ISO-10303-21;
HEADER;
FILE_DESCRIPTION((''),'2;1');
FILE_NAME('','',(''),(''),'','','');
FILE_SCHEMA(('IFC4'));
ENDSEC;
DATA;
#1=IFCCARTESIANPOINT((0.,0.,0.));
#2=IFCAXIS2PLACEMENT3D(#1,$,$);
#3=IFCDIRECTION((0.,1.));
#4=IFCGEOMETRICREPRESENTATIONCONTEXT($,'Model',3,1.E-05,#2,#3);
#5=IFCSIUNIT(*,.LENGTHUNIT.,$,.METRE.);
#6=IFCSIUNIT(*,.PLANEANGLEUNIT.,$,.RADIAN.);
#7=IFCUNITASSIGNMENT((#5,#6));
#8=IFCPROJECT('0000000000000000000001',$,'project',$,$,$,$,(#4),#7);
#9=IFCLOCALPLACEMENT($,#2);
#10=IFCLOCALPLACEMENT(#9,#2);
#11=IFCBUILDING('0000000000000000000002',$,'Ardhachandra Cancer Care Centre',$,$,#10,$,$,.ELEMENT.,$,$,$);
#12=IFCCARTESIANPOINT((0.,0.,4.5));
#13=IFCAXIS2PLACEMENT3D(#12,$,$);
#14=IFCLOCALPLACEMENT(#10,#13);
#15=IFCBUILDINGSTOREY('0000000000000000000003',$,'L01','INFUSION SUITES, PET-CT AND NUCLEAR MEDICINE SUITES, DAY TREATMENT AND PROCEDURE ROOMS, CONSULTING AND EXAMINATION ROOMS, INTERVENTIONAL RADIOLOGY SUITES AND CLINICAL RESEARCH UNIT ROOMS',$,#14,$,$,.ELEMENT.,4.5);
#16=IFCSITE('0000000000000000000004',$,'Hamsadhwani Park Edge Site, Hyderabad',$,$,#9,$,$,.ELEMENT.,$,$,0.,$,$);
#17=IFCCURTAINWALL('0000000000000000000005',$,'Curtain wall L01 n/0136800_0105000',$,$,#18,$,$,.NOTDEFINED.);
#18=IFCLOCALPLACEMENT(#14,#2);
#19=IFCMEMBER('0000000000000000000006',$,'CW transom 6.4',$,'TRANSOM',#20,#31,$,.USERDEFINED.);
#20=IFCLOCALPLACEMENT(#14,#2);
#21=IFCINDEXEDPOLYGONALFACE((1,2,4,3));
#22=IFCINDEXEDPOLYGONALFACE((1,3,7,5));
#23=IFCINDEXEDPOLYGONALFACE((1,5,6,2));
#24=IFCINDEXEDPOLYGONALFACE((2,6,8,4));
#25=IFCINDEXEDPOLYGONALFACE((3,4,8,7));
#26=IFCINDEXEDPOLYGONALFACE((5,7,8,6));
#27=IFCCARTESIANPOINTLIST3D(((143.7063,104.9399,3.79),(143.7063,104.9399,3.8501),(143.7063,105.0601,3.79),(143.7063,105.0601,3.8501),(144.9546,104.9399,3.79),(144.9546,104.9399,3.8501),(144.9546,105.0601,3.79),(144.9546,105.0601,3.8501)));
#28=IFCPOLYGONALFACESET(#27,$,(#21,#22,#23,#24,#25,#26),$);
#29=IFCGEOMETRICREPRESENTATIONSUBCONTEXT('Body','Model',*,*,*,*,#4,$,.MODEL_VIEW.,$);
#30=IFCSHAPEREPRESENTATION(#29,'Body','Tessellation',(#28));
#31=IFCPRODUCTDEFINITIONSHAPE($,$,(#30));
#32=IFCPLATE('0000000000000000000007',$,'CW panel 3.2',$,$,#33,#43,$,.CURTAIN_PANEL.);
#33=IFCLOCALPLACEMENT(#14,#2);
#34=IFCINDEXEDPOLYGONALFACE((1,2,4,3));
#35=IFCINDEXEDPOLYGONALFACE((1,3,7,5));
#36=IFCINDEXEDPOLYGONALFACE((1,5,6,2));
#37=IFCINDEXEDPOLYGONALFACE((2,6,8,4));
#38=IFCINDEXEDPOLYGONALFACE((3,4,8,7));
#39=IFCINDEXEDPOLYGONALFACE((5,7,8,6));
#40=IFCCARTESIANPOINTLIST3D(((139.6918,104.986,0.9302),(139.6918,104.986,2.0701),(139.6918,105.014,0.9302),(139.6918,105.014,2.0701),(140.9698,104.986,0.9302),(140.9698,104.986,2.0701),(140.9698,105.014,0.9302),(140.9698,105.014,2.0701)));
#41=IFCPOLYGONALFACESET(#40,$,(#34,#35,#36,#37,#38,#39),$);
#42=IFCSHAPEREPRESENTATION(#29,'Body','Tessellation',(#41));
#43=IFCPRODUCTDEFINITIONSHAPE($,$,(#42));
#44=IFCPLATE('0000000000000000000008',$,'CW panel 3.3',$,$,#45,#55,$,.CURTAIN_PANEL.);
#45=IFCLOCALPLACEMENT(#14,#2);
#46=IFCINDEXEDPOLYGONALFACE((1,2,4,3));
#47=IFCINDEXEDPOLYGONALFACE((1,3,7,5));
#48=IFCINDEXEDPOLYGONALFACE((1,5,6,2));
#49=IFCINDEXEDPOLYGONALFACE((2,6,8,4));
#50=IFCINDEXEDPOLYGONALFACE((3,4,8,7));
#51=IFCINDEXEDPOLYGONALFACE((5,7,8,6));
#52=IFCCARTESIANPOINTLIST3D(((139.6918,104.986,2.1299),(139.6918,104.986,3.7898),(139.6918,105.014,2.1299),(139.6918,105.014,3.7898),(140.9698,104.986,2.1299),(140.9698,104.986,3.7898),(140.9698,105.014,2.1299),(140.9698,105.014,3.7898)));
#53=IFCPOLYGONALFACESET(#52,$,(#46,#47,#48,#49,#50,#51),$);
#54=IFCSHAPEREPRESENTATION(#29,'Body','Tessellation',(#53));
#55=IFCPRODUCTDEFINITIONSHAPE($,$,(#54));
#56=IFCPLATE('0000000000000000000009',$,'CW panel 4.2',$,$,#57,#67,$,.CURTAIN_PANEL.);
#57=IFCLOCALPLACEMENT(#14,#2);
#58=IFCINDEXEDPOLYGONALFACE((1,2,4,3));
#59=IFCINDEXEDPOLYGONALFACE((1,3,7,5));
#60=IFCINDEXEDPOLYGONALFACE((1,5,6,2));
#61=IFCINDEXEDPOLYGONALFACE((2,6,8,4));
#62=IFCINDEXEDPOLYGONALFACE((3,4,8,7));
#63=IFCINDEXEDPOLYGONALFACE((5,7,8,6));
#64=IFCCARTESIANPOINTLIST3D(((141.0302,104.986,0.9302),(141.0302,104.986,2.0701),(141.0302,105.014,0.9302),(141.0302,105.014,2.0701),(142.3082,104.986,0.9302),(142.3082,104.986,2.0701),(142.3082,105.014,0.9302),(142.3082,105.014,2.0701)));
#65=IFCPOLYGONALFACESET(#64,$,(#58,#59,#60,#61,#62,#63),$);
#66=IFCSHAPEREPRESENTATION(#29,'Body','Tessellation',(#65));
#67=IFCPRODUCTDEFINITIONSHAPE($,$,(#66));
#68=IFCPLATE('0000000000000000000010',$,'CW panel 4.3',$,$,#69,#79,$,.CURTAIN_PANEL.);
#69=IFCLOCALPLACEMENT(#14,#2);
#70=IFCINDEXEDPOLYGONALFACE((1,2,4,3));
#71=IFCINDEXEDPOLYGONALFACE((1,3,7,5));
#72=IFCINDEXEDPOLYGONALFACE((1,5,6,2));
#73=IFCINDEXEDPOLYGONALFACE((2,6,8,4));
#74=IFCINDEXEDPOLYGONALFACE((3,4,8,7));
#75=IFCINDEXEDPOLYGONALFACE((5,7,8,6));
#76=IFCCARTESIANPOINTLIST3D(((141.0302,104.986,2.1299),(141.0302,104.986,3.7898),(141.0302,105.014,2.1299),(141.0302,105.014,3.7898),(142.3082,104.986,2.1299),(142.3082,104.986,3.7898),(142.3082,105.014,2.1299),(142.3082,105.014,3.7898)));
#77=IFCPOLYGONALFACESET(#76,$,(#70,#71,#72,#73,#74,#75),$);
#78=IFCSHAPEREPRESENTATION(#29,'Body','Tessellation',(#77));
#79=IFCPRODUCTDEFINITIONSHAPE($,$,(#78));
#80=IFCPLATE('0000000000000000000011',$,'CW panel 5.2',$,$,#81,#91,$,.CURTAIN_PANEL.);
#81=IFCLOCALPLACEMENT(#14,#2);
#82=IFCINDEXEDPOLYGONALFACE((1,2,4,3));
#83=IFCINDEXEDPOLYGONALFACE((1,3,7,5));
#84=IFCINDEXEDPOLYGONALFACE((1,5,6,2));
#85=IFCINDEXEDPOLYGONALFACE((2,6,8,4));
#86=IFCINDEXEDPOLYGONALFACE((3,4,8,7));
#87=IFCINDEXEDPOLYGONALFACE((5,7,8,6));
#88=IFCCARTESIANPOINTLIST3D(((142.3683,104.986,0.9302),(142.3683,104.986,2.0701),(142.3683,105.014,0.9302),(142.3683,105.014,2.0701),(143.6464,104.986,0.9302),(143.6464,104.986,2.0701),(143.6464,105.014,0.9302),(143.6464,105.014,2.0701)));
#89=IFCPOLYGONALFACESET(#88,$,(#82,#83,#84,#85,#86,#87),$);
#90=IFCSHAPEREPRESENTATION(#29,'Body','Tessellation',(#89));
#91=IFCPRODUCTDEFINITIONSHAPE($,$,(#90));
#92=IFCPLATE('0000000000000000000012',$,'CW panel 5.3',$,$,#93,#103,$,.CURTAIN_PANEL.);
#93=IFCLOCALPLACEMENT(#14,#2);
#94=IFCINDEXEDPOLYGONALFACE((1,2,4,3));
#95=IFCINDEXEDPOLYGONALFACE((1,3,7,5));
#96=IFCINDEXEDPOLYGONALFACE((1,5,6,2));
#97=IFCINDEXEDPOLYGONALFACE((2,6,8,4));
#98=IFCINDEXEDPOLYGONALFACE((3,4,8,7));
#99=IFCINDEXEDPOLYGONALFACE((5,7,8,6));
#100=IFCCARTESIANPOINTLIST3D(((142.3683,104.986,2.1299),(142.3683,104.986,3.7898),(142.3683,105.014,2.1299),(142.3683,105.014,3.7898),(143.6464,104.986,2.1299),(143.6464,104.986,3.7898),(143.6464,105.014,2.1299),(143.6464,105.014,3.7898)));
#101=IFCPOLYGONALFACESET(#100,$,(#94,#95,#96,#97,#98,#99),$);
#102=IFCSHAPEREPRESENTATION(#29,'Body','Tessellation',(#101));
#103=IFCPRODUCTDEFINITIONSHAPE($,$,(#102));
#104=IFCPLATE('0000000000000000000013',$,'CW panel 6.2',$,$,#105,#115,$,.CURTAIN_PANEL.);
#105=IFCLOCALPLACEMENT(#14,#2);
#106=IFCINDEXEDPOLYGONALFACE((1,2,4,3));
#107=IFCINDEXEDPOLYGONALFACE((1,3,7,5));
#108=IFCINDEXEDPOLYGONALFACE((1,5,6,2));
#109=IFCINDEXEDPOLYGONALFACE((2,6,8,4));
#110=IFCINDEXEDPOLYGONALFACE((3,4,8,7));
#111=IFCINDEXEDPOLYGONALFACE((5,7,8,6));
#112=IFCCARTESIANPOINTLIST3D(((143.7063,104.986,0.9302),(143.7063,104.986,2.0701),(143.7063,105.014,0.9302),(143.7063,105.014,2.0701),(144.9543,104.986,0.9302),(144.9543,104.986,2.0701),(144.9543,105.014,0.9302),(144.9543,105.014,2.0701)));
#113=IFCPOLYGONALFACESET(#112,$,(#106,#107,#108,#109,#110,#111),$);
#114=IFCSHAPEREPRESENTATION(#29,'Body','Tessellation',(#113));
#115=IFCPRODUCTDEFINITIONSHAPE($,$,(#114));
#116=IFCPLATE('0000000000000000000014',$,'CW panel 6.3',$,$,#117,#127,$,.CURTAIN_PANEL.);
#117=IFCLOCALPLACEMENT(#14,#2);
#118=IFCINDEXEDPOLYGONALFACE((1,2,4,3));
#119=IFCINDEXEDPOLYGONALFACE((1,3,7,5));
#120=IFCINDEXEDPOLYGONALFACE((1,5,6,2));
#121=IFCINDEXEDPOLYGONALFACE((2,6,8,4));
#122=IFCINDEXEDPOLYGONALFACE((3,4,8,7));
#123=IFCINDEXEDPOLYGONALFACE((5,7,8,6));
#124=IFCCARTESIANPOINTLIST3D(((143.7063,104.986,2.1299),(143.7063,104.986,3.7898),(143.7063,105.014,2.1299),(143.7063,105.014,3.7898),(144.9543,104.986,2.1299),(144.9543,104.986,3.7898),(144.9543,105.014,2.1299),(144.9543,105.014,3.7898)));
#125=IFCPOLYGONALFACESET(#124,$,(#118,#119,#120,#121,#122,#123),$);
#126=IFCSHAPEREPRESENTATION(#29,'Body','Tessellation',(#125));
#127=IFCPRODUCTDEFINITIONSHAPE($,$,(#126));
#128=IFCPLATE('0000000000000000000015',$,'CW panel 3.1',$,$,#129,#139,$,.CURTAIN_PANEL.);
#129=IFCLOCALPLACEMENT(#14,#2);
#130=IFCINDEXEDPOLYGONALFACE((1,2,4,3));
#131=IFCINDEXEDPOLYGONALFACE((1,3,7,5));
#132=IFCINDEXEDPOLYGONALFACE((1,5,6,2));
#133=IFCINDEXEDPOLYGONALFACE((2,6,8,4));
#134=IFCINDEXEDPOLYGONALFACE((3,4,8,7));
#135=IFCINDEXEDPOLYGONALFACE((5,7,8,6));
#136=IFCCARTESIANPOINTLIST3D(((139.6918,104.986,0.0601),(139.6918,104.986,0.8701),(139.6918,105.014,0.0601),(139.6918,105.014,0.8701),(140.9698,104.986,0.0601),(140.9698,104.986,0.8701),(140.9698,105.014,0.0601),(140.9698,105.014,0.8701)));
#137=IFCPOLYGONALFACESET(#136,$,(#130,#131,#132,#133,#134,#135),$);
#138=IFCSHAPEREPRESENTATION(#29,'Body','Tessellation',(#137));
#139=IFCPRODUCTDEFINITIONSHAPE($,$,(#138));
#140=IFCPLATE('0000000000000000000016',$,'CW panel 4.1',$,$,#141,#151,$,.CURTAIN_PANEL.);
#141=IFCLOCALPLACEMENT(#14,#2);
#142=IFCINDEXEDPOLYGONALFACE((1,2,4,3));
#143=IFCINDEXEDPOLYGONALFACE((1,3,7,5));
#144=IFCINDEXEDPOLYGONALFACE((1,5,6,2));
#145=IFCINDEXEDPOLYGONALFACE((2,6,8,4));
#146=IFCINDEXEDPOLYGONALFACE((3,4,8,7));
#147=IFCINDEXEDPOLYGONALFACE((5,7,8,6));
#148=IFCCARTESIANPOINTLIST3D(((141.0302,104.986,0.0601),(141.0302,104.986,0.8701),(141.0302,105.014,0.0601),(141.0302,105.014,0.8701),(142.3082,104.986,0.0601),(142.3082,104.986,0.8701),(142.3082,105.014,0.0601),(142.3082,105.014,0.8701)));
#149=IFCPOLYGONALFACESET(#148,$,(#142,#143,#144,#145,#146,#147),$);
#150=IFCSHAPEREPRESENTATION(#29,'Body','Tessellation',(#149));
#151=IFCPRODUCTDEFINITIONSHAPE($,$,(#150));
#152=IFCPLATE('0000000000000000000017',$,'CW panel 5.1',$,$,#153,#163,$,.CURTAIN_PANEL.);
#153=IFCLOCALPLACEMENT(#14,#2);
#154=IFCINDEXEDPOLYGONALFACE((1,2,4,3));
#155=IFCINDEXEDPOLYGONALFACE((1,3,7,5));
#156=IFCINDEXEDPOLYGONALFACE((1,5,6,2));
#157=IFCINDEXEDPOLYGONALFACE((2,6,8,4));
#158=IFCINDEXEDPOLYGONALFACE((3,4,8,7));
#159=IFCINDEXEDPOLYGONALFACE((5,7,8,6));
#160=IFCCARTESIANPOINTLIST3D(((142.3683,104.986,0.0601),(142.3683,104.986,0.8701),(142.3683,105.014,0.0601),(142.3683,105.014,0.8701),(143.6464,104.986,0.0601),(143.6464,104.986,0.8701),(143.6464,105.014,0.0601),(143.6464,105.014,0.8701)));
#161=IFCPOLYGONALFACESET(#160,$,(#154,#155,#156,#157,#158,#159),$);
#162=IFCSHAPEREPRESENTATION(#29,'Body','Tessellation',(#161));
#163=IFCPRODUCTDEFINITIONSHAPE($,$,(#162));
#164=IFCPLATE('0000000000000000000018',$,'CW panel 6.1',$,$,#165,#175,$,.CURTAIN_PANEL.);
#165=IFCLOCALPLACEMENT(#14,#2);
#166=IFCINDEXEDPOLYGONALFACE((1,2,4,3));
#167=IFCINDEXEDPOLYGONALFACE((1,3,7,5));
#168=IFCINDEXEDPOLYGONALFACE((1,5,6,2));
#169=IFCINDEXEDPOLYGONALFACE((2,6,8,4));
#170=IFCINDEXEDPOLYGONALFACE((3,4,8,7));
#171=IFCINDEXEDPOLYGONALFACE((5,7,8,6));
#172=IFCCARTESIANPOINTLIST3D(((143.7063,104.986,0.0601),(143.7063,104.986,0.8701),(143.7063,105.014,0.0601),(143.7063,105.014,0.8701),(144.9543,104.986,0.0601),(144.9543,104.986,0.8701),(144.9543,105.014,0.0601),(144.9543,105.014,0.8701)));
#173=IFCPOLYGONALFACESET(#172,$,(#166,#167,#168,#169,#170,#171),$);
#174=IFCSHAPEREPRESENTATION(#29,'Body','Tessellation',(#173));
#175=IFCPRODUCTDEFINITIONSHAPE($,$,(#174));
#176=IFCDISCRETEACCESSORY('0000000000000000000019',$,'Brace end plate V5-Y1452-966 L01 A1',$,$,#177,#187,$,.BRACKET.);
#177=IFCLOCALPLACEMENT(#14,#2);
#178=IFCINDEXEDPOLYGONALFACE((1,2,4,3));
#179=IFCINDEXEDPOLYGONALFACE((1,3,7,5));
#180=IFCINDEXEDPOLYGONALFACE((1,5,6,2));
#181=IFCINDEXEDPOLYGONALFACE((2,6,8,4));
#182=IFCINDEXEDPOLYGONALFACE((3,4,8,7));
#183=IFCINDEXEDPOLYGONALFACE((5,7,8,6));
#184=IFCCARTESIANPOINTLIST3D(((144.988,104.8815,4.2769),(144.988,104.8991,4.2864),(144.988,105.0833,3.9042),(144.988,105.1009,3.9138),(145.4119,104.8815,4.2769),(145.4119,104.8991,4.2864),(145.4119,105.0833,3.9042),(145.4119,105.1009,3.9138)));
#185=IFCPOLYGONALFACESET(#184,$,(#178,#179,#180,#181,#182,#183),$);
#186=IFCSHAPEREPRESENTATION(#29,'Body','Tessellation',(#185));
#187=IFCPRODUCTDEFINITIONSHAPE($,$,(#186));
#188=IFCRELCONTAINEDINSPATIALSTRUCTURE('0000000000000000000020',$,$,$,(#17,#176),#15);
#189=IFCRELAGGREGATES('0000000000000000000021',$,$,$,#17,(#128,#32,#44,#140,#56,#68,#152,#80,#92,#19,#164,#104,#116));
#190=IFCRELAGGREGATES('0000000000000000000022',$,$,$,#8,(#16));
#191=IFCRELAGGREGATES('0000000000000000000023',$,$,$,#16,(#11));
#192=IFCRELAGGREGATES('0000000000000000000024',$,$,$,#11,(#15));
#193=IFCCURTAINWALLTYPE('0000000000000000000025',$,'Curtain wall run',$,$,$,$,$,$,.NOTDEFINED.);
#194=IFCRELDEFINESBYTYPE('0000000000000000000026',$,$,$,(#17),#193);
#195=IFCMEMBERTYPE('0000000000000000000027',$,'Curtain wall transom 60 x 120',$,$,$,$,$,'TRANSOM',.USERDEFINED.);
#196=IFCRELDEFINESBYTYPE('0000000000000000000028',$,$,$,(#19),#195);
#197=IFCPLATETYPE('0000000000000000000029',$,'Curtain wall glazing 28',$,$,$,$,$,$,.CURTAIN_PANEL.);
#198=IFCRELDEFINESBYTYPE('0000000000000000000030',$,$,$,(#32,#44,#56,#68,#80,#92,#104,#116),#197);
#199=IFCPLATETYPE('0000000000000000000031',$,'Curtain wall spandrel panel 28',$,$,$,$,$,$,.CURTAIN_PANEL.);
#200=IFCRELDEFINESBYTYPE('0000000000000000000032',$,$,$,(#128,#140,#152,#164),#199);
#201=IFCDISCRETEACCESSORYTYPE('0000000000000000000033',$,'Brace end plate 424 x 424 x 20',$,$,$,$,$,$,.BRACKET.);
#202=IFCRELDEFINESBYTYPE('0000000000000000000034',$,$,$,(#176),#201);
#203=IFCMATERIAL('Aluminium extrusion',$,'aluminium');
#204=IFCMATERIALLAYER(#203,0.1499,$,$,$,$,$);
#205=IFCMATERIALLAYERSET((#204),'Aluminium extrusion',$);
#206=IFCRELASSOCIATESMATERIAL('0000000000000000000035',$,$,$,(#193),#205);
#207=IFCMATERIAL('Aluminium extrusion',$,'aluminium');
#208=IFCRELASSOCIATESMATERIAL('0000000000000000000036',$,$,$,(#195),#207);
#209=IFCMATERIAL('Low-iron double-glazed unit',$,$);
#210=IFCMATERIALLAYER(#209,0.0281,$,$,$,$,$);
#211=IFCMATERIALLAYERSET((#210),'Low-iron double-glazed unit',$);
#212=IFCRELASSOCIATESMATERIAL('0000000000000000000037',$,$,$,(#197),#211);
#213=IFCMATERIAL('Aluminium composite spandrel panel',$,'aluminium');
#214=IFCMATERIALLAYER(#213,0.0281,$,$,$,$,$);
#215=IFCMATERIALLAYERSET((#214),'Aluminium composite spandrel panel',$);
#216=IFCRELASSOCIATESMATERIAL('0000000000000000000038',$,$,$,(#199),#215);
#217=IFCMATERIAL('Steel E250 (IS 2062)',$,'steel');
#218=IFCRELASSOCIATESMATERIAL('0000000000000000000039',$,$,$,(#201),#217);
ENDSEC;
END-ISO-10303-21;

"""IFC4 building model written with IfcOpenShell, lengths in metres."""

from ifc_helpers import new_model, si_unit, direction, frame, origin, origin_2d, place, context, subcontext, project, spatial, rectangle, extrude, material, layer, layer_set, material_profile, profile_set, type_object, element, aggregate, save


model = new_model("IFC4")

# Units and contexts
model_context = context("Model", 3, precision=1e-05, world=origin(), true_north=direction((0.0, 1.0)))
body_context = subcontext(model_context, "Body", "Model", "MODEL_VIEW")
ifc_project = project(units=[si_unit("LENGTHUNIT", "METRE"), si_unit("PLANEANGLEUNIT", "RADIAN")], contexts=[model_context])

# Site, building, storey
site_placement = place(None, origin())
site = spatial("IfcSite", under=ifc_project, at=site_placement, Name="Hamsadhwani Park Edge Site, Hyderabad", CompositionType="ELEMENT", RefElevation=0.0)
building_placement = place(site_placement, origin())
building = spatial("IfcBuilding", under=site, at=building_placement, Name="Ardhachandra Cancer Care Centre", CompositionType="ELEMENT")
storey_placement = place(building_placement, frame((0.0, 0.0, 4.5)))
storey = spatial("IfcBuildingStorey", under=building, at=storey_placement, Name="L01", Description="INFUSION SUITES, PET-CT AND NUCLEAR MEDICINE SUITES, DAY TREATMENT AND PROCEDURE ROOMS, CONSULTING AND EXAMINATION ROOMS, INTERVENTIONAL RADIOLOGY SUITES AND CLINICAL RESEARCH UNIT ROOMS", CompositionType="ELEMENT", Elevation=4.5)

# Shared definitions
ifc_material_1 = material(Name="Aluminium extrusion", Category="aluminium")
ifc_layer_1 = layer(ifc_material_1, 0.1499)
ifc_layer_set_1 = layer_set([ifc_layer_1], Name="Aluminium extrusion")
curtain_wall_type = type_object("IfcCurtainWallType", Name="Curtain wall run", PredefinedType="NOTDEFINED", material=ifc_layer_set_1)

# Curtain wall, member, plates
curtain_wall_1_placement = place(storey_placement, origin())
curtain_wall_1 = element("IfcCurtainWall", 1, at=curtain_wall_1_placement, inside=storey, type_object=curtain_wall_type, Name="Curtain wall L01 n/0136800_0105000", PredefinedType="NOTDEFINED")
ifc_material_2 = material(Name="Aluminium extrusion", Category="aluminium")
ifc_material_profile_1 = material_profile(ifc_material_2, rectangle(XDim=0.1201, YDim=0.0601, at=origin_2d()), Name="Curtain wall transom 60 x 120")
ifc_profile_set_1 = profile_set([ifc_material_profile_1], Name="Aluminium extrusion")
member_type_1 = type_object("IfcMemberType", Name="Curtain wall transom 60 x 120", ElementType="TRANSOM", PredefinedType="USERDEFINED", material=ifc_profile_set_1)
member_1_placement = place(storey_placement, frame((143.7063, 105.0, 3.8201), z_axis=(1.0, 0.0, 0.0), x_axis=(0.0, 1.0, 0.0)))
member_1 = element("IfcMember", 2, at=member_1_placement, type_object=member_type_1, Name="CW transom 6.4", ObjectType="TRANSOM", PredefinedType="USERDEFINED", context=body_context, shape_type="SweptSolid", body=[
    extrude(rectangle(XDim=0.1201, YDim=0.0601, at=origin_2d()), origin(), (0.0, 0.0, 1.0), 1.2483),
])
ifc_material_3 = material(Name="Low-iron double-glazed unit")
ifc_layer_2 = layer(ifc_material_3, 0.0281)
ifc_layer_set_2 = layer_set([ifc_layer_2], Name="Low-iron double-glazed unit")
plate_type_1 = type_object("IfcPlateType", Name="Curtain wall glazing 28", PredefinedType="CURTAIN_PANEL", material=ifc_layer_set_2)
plate_1_placement = place(storey_placement, frame((140.3308, 105.0, 0.9302), z_axis=(0.0, 0.0, 1.0), x_axis=(1.0, 0.0, 0.0)))
plate_1 = element("IfcPlate", 3, at=plate_1_placement, type_object=plate_type_1, Name="CW panel 3.2", PredefinedType="CURTAIN_PANEL", context=body_context, shape_type="SweptSolid", body=[
    extrude(rectangle(XDim=1.2781, YDim=0.0281, at=origin_2d()), origin(), (0.0, 0.0, 1.0), 1.1399),
])
plate_2_placement = place(storey_placement, frame((140.3308, 105.0, 2.1299), z_axis=(0.0, 0.0, 1.0), x_axis=(1.0, 0.0, 0.0)))
plate_2 = element("IfcPlate", 4, at=plate_2_placement, type_object=plate_type_1, Name="CW panel 3.3", PredefinedType="CURTAIN_PANEL", context=body_context, shape_type="SweptSolid", body=[
    extrude(rectangle(XDim=1.2781, YDim=0.0281, at=origin_2d()), origin(), (0.0, 0.0, 1.0), 1.6599),
])
plate_3_placement = place(storey_placement, frame((141.6692, 105.0, 0.9302), z_axis=(0.0, 0.0, 1.0), x_axis=(1.0, 0.0, 0.0)))
plate_3 = element("IfcPlate", 5, at=plate_3_placement, type_object=plate_type_1, Name="CW panel 4.2", PredefinedType="CURTAIN_PANEL", context=body_context, shape_type="SweptSolid", body=[
    extrude(rectangle(XDim=1.2781, YDim=0.0281, at=origin_2d()), origin(), (0.0, 0.0, 1.0), 1.1399),
])
plate_4_placement = place(storey_placement, frame((141.6692, 105.0, 2.1299), z_axis=(0.0, 0.0, 1.0), x_axis=(1.0, 0.0, 0.0)))
plate_4 = element("IfcPlate", 6, at=plate_4_placement, type_object=plate_type_1, Name="CW panel 4.3", PredefinedType="CURTAIN_PANEL", context=body_context, shape_type="SweptSolid", body=[
    extrude(rectangle(XDim=1.2781, YDim=0.0281, at=origin_2d()), origin(), (0.0, 0.0, 1.0), 1.6599),
])
plate_5_placement = place(storey_placement, frame((143.0073, 105.0, 0.9302), z_axis=(0.0, 0.0, 1.0), x_axis=(1.0, 0.0, 0.0)))
plate_5 = element("IfcPlate", 7, at=plate_5_placement, type_object=plate_type_1, Name="CW panel 5.2", PredefinedType="CURTAIN_PANEL", context=body_context, shape_type="SweptSolid", body=[
    extrude(rectangle(XDim=1.2781, YDim=0.0281, at=origin_2d()), origin(), (0.0, 0.0, 1.0), 1.1399),
])
plate_6_placement = place(storey_placement, frame((143.0073, 105.0, 2.1299), z_axis=(0.0, 0.0, 1.0), x_axis=(1.0, 0.0, 0.0)))
plate_6 = element("IfcPlate", 8, at=plate_6_placement, type_object=plate_type_1, Name="CW panel 5.3", PredefinedType="CURTAIN_PANEL", context=body_context, shape_type="SweptSolid", body=[
    extrude(rectangle(XDim=1.2781, YDim=0.0281, at=origin_2d()), origin(), (0.0, 0.0, 1.0), 1.6599),
])
plate_7_placement = place(storey_placement, frame((144.3303, 105.0, 0.9302), z_axis=(0.0, 0.0, 1.0), x_axis=(1.0, 0.0, 0.0)))
plate_7 = element("IfcPlate", 9, at=plate_7_placement, type_object=plate_type_1, Name="CW panel 6.2", PredefinedType="CURTAIN_PANEL", context=body_context, shape_type="SweptSolid", body=[
    extrude(rectangle(XDim=1.248, YDim=0.0281, at=origin_2d()), origin(), (0.0, 0.0, 1.0), 1.1399),
])
plate_8_placement = place(storey_placement, frame((144.3303, 105.0, 2.1299), z_axis=(0.0, 0.0, 1.0), x_axis=(1.0, 0.0, 0.0)))
plate_8 = element("IfcPlate", 10, at=plate_8_placement, type_object=plate_type_1, Name="CW panel 6.3", PredefinedType="CURTAIN_PANEL", context=body_context, shape_type="SweptSolid", body=[
    extrude(rectangle(XDim=1.248, YDim=0.0281, at=origin_2d()), origin(), (0.0, 0.0, 1.0), 1.6599),
])
ifc_material_4 = material(Name="Aluminium composite spandrel panel", Category="aluminium")
ifc_layer_3 = layer(ifc_material_4, 0.0281)
ifc_layer_set_3 = layer_set([ifc_layer_3], Name="Aluminium composite spandrel panel")
plate_type_2 = type_object("IfcPlateType", Name="Curtain wall spandrel panel 28", PredefinedType="CURTAIN_PANEL", material=ifc_layer_set_3)
plate_9_placement = place(storey_placement, frame((140.3308, 105.0, 0.0601), z_axis=(0.0, 0.0, 1.0), x_axis=(1.0, 0.0, 0.0)))
plate_9 = element("IfcPlate", 11, at=plate_9_placement, type_object=plate_type_2, Name="CW panel 3.1", PredefinedType="CURTAIN_PANEL", context=body_context, shape_type="SweptSolid", body=[
    extrude(rectangle(XDim=1.2781, YDim=0.0281, at=origin_2d()), origin(), (0.0, 0.0, 1.0), 0.8101),
])
plate_10_placement = place(storey_placement, frame((141.6692, 105.0, 0.0601), z_axis=(0.0, 0.0, 1.0), x_axis=(1.0, 0.0, 0.0)))
plate_10 = element("IfcPlate", 12, at=plate_10_placement, type_object=plate_type_2, Name="CW panel 4.1", PredefinedType="CURTAIN_PANEL", context=body_context, shape_type="SweptSolid", body=[
    extrude(rectangle(XDim=1.2781, YDim=0.0281, at=origin_2d()), origin(), (0.0, 0.0, 1.0), 0.8101),
])
plate_11_placement = place(storey_placement, frame((143.0073, 105.0, 0.0601), z_axis=(0.0, 0.0, 1.0), x_axis=(1.0, 0.0, 0.0)))
plate_11 = element("IfcPlate", 13, at=plate_11_placement, type_object=plate_type_2, Name="CW panel 5.1", PredefinedType="CURTAIN_PANEL", context=body_context, shape_type="SweptSolid", body=[
    extrude(rectangle(XDim=1.2781, YDim=0.0281, at=origin_2d()), origin(), (0.0, 0.0, 1.0), 0.8101),
])
plate_12_placement = place(storey_placement, frame((144.3303, 105.0, 0.0601), z_axis=(0.0, 0.0, 1.0), x_axis=(1.0, 0.0, 0.0)))
plate_12 = element("IfcPlate", 14, at=plate_12_placement, type_object=plate_type_2, Name="CW panel 6.1", PredefinedType="CURTAIN_PANEL", context=body_context, shape_type="SweptSolid", body=[
    extrude(rectangle(XDim=1.248, YDim=0.0281, at=origin_2d()), origin(), (0.0, 0.0, 1.0), 0.8101),
])
aggregate(curtain_wall_1, [plate_9, plate_1, plate_2, plate_10, plate_3, plate_4, plate_11, plate_5, plate_6, member_1, plate_12, plate_7, plate_8])

# Discrete accessory
ifc_material_5 = material(Name="Steel E250 (IS 2062)", Category="steel")
ifc_material_profile_2 = material_profile(ifc_material_5, rectangle(XDim=0.4238, YDim=0.4238, at=origin_2d()), Name="PL 424x424x20")
ifc_profile_set_2 = profile_set([ifc_material_profile_2], Name="Steel E250 (IS 2062)")
discrete_accessory_type = type_object("IfcDiscreteAccessoryType", Name="Brace end plate 424 x 424 x 20", PredefinedType="BRACKET", material=ifc_profile_set_2)
discrete_accessory_1_placement = place(storey_placement, frame((145.2, 105.0, 4.1001), z_axis=(0.0, -0.879292, -0.476283), x_axis=(1.0, 0.0, 0.0)))
element("IfcDiscreteAccessory", 15, at=discrete_accessory_1_placement, inside=storey, type_object=discrete_accessory_type, Name="Brace end plate V5-Y1452-966 L01 A1", PredefinedType="BRACKET", context=body_context, shape_type="SweptSolid", body=[
    extrude(rectangle(XDim=0.4238, YDim=0.4238, at=origin_2d()), origin(), (0.0, 0.0, 1.0), 0.02),
])

save(model, "model.ifc")
